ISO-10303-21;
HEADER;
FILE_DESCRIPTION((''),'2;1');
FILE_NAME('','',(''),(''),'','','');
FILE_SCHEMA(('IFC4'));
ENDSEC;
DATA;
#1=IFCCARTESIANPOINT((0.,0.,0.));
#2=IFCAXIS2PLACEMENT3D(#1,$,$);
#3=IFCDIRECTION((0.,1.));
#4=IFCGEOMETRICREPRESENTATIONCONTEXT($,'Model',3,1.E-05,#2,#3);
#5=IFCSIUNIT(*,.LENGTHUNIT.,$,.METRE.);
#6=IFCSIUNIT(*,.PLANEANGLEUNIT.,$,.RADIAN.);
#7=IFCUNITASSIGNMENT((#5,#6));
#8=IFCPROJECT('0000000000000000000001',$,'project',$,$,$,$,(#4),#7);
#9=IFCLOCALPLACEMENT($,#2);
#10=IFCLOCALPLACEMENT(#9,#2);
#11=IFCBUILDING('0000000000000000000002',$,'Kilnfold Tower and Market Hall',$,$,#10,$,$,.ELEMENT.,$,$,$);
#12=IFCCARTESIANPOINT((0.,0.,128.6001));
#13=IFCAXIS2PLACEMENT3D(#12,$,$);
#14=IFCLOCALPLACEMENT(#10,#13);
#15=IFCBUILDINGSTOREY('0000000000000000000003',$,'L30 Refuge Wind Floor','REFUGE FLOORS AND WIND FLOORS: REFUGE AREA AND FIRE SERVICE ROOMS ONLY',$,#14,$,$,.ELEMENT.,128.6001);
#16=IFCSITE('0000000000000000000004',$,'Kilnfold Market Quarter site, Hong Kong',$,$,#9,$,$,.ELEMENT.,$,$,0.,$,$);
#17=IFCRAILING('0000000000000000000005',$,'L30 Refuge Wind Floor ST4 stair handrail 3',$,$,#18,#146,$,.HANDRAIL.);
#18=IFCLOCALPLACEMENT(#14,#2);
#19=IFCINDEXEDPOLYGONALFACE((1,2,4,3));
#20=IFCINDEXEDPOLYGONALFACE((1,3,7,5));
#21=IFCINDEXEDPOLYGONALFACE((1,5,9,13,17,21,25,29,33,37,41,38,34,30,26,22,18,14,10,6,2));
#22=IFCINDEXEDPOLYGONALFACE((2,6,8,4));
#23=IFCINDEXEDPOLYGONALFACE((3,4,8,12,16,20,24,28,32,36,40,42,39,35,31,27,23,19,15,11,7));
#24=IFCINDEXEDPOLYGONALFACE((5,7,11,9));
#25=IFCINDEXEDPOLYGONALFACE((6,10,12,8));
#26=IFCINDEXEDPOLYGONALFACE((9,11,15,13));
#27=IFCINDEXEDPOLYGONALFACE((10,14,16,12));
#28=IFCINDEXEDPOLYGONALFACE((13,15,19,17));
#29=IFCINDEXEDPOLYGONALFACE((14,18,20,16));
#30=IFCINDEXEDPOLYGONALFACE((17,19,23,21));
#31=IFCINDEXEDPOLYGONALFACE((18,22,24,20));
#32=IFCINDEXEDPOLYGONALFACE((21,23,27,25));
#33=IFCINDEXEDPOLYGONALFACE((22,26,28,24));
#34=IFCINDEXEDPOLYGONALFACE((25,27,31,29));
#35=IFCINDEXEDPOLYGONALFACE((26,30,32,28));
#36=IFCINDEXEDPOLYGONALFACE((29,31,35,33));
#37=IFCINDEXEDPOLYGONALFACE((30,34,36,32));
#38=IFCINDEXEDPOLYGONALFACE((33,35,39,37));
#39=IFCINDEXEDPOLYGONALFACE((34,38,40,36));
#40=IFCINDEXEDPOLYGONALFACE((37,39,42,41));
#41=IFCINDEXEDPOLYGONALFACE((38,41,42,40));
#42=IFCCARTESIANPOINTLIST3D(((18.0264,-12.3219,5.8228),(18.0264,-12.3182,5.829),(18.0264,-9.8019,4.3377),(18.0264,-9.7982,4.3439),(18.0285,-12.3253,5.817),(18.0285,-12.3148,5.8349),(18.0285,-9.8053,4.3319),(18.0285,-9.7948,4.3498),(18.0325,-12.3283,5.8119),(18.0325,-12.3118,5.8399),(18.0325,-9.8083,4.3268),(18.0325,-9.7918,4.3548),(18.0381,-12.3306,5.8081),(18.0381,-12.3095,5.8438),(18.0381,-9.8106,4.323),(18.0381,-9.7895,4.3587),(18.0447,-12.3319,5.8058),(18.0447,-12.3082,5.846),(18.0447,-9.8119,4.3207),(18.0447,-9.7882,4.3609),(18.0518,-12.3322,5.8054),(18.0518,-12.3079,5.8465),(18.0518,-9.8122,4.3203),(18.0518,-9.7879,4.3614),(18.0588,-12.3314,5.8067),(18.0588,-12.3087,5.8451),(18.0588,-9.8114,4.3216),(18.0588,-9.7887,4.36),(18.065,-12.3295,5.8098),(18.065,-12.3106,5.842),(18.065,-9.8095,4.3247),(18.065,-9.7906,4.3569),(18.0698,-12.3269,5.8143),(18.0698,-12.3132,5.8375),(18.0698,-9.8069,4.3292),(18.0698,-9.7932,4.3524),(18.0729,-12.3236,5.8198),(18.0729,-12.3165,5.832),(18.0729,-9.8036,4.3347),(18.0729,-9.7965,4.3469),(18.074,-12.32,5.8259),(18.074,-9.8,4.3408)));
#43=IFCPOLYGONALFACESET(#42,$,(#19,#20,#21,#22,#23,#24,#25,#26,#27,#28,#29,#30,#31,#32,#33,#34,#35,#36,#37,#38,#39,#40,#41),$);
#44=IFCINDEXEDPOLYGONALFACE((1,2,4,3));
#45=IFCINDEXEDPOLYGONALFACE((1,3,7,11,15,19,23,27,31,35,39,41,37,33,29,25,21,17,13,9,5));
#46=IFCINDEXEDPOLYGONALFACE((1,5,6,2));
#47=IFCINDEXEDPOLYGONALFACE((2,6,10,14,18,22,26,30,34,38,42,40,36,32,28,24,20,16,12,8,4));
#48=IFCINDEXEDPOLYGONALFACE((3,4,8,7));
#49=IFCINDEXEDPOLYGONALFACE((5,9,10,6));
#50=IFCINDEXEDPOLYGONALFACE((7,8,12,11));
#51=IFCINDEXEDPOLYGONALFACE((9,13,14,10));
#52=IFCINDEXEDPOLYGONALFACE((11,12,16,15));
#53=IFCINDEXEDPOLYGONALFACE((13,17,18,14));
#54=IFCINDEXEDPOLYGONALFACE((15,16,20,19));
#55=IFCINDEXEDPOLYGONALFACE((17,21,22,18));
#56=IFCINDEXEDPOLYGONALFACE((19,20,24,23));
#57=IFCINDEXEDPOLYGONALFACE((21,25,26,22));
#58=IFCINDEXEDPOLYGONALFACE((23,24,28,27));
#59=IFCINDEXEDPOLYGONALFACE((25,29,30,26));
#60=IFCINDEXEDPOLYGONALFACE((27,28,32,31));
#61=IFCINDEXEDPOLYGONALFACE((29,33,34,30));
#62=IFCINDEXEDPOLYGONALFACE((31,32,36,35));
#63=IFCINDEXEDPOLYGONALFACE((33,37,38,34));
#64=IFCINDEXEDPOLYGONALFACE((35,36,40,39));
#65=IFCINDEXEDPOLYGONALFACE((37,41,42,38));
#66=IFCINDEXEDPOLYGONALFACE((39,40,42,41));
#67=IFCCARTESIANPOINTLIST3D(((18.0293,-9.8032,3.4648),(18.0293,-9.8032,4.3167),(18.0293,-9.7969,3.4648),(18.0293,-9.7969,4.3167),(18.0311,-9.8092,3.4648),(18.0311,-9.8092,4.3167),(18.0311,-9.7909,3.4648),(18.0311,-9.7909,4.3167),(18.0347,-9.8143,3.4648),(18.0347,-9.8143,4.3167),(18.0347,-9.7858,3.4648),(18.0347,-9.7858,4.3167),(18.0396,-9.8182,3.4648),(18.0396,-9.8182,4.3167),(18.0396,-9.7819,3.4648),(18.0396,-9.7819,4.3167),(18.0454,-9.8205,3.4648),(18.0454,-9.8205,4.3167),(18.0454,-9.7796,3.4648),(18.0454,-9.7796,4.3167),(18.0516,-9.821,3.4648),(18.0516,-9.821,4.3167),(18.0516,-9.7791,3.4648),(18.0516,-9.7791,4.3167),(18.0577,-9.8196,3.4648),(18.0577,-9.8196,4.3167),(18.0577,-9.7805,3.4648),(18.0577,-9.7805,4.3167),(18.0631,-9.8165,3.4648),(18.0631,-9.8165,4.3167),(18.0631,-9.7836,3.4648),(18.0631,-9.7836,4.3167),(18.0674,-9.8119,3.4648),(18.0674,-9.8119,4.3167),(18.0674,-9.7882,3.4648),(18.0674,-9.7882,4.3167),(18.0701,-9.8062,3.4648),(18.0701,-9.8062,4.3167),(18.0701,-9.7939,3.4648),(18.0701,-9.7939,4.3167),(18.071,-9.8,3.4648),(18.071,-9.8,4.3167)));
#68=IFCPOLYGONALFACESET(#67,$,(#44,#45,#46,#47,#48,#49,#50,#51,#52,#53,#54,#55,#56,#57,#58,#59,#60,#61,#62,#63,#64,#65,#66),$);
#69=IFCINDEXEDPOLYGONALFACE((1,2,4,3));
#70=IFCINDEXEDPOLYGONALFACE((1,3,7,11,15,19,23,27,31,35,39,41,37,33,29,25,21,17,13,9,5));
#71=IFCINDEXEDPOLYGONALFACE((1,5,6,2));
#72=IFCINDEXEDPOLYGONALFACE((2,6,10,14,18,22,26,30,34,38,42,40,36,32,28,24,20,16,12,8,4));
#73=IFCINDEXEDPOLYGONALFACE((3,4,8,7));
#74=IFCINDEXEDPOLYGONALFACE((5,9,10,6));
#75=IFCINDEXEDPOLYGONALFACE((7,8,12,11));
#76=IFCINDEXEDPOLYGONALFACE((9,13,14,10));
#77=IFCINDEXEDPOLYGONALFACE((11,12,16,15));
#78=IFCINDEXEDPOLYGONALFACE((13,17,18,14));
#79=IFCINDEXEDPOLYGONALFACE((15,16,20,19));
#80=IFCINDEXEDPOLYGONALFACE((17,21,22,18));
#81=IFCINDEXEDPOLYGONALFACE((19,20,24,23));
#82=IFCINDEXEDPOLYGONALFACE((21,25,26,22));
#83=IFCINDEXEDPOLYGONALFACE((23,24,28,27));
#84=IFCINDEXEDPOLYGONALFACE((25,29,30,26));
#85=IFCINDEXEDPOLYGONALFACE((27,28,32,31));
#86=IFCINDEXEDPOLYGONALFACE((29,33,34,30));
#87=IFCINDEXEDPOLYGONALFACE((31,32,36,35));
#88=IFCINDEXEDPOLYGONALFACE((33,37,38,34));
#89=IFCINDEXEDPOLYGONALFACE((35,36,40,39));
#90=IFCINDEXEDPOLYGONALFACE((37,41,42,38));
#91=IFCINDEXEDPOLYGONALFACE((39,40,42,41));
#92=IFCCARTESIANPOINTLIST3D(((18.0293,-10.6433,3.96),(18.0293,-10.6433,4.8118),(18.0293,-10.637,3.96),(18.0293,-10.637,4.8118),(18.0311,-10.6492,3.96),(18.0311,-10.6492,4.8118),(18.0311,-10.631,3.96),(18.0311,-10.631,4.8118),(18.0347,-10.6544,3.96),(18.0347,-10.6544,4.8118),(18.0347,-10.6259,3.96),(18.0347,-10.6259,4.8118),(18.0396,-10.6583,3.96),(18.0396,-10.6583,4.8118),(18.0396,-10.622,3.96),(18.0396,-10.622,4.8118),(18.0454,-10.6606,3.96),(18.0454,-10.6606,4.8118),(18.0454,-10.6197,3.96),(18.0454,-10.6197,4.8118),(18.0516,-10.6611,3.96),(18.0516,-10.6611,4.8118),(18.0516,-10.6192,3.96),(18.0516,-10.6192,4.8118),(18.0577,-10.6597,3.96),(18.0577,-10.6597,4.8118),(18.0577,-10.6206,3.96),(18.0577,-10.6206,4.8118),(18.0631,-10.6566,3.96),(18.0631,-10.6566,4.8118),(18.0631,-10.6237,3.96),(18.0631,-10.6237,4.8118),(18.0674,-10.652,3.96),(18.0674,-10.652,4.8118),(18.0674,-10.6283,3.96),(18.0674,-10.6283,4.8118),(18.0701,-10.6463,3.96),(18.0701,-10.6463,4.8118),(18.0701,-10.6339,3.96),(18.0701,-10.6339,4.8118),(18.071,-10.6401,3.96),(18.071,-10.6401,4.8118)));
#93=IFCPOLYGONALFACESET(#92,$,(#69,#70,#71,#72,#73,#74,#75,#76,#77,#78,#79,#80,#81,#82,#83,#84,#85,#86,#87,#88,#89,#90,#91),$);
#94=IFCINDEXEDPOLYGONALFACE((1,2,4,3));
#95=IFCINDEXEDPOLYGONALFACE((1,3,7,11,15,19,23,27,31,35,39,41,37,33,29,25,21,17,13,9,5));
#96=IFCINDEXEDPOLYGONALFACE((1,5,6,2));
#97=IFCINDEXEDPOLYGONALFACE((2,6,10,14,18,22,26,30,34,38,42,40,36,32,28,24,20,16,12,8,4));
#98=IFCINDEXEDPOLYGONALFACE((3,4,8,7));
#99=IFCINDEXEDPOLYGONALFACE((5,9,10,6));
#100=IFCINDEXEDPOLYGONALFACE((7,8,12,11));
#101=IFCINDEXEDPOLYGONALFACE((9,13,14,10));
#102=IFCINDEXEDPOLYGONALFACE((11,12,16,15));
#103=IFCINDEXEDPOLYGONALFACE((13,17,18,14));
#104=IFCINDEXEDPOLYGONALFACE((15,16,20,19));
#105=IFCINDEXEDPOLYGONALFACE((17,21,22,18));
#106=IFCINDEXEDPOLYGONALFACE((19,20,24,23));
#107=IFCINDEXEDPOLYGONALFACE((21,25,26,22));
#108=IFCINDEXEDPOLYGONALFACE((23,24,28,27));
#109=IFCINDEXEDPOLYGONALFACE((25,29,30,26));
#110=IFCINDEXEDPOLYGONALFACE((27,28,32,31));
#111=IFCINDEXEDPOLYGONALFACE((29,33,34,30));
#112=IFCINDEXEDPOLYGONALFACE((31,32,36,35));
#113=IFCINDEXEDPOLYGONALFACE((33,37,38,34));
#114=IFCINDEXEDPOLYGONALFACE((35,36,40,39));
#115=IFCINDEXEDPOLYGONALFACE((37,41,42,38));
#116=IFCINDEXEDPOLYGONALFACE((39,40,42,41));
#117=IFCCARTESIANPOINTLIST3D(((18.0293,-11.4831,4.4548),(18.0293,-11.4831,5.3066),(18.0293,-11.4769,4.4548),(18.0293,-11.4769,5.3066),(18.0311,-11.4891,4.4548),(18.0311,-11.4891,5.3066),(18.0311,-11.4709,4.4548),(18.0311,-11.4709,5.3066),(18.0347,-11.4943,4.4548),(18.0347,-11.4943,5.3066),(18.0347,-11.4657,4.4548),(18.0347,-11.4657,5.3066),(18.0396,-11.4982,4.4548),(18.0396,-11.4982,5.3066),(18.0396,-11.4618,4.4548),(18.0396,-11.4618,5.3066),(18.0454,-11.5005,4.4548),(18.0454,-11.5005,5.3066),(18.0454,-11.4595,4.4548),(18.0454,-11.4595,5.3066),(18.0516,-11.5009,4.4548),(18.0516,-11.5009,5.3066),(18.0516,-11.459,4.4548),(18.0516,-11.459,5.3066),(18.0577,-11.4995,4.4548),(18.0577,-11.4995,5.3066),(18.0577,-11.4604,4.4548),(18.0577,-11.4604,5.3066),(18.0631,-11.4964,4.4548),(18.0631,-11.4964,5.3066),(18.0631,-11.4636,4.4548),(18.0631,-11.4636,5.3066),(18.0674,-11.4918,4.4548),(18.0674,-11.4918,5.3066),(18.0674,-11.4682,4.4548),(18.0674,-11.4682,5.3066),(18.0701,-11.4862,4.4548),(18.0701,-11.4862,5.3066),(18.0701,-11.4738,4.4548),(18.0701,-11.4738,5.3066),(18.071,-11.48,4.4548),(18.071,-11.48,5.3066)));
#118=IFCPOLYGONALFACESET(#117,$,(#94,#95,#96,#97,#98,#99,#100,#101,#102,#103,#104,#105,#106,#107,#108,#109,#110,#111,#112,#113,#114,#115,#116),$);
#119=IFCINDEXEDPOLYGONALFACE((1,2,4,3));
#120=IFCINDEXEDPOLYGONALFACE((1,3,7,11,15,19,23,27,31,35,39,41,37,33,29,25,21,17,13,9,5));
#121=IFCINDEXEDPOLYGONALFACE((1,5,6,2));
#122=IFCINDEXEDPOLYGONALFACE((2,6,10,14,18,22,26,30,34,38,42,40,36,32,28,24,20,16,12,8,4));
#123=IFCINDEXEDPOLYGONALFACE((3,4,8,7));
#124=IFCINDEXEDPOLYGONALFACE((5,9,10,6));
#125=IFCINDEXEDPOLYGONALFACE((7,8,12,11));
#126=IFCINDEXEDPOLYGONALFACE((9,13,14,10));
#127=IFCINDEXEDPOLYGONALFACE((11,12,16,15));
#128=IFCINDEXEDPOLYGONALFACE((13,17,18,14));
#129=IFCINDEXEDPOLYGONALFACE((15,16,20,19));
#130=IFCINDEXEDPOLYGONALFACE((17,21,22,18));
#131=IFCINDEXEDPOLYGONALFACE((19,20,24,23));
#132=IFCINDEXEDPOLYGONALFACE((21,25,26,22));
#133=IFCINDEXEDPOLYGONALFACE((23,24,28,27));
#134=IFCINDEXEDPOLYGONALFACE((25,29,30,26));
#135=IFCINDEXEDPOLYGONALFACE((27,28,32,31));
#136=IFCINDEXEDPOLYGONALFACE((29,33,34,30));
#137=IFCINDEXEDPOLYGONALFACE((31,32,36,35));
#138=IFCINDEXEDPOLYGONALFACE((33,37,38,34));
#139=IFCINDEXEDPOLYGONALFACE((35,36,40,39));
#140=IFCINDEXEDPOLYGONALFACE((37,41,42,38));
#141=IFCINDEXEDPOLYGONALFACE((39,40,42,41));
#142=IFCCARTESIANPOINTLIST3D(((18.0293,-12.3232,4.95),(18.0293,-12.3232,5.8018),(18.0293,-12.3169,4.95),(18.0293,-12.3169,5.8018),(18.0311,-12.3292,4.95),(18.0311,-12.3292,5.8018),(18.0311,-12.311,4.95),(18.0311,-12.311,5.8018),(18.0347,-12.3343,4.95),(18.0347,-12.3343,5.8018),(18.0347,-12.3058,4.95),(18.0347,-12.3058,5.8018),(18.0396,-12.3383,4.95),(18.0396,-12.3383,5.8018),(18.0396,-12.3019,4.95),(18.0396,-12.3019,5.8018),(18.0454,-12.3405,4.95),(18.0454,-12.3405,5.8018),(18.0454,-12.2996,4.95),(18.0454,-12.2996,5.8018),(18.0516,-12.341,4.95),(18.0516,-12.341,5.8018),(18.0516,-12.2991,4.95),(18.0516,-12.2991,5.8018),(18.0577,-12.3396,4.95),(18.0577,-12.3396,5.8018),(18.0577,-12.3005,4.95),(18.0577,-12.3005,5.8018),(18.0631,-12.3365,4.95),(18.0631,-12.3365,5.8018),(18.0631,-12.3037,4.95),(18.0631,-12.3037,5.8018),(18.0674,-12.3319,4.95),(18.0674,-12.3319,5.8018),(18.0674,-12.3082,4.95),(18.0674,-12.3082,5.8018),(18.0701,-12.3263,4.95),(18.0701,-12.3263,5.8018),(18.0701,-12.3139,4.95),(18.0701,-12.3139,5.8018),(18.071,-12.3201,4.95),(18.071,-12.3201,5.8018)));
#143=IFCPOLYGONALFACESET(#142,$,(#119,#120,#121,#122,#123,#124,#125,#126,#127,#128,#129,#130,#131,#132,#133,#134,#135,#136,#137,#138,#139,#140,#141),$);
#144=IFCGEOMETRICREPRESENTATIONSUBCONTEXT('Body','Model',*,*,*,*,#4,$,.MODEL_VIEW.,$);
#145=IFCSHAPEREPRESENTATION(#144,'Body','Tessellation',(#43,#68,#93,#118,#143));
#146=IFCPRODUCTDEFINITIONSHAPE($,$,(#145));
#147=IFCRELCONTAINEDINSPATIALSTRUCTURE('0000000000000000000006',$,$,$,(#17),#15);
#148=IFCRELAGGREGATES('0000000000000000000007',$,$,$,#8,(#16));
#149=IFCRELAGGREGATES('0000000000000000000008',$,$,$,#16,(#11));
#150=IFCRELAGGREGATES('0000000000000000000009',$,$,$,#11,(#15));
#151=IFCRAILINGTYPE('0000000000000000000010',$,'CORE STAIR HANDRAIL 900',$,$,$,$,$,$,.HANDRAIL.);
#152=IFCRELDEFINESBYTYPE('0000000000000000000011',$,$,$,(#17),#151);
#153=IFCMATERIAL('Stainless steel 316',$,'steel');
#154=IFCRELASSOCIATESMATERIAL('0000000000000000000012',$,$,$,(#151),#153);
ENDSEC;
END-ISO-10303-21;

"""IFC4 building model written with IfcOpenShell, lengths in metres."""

from ifc_helpers import new_model, si_unit, direction, frame, origin, origin_2d, place, context, subcontext, project, spatial, circle, extrude, material, type_object, element, save


model = new_model("IFC4")

# Units and contexts
model_context = context("Model", 3, precision=1e-05, world=origin(), true_north=direction((0.0, 1.0)))
body_context = subcontext(model_context, "Body", "Model", "MODEL_VIEW")
ifc_project = project(units=[si_unit("LENGTHUNIT", "METRE"), si_unit("PLANEANGLEUNIT", "RADIAN")], contexts=[model_context])

# Site, building, storey
site_placement = place(None, origin())
site = spatial("IfcSite", under=ifc_project, at=site_placement, Name="Kilnfold Market Quarter site, Hong Kong", CompositionType="ELEMENT", RefElevation=0.0)
building_placement = place(site_placement, origin())
building = spatial("IfcBuilding", under=site, at=building_placement, Name="Kilnfold Tower and Market Hall", CompositionType="ELEMENT")
storey_placement = place(building_placement, frame((0.0, 0.0, 128.6001)))
storey = spatial("IfcBuildingStorey", under=building, at=storey_placement, Name="L30 Refuge Wind Floor", Description="REFUGE FLOORS AND WIND FLOORS: REFUGE AREA AND FIRE SERVICE ROOMS ONLY", CompositionType="ELEMENT", Elevation=128.6001)

# Railing
ifc_material_1 = material(Name="Stainless steel 316", Category="steel")
railing_type_1 = type_object("IfcRailingType", Name="CORE STAIR HANDRAIL 900", PredefinedType="HANDRAIL", material=ifc_material_1)
railing_1_placement = place(storey_placement, frame((18.05, -9.8, 3.4648)))
element("IfcRailing", 1, at=railing_1_placement, inside=storey, type_object=railing_type_1, Name="L30 Refuge Wind Floor ST4 stair handrail 3", PredefinedType="HANDRAIL", context=body_context, shape_type="SweptSolid", body=[
    extrude(circle(Radius=0.0239, at=origin_2d()), frame((0.0, 0.0, 0.876), z_axis=(0.0, -0.861524, 0.507717), x_axis=(1.0, 0.0, 0.0)), (0.0, 0.0, 1.0), 2.925),
    extrude(circle(Radius=0.021, at=origin_2d()), origin(), (0.0, 0.0, 1.0), 0.8518),
    extrude(circle(Radius=0.021, at=origin_2d()), frame((0.0, -0.8401, 0.4951)), (0.0, 0.0, 1.0), 0.8518),
    extrude(circle(Radius=0.021, at=origin_2d()), frame((0.0, -1.6799, 0.99)), (0.0, 0.0, 1.0), 0.8518),
    extrude(circle(Radius=0.021, at=origin_2d()), frame((0.0, -2.52, 1.4851)), (0.0, 0.0, 1.0), 0.8518),
])

save(model, "model.ifc")
